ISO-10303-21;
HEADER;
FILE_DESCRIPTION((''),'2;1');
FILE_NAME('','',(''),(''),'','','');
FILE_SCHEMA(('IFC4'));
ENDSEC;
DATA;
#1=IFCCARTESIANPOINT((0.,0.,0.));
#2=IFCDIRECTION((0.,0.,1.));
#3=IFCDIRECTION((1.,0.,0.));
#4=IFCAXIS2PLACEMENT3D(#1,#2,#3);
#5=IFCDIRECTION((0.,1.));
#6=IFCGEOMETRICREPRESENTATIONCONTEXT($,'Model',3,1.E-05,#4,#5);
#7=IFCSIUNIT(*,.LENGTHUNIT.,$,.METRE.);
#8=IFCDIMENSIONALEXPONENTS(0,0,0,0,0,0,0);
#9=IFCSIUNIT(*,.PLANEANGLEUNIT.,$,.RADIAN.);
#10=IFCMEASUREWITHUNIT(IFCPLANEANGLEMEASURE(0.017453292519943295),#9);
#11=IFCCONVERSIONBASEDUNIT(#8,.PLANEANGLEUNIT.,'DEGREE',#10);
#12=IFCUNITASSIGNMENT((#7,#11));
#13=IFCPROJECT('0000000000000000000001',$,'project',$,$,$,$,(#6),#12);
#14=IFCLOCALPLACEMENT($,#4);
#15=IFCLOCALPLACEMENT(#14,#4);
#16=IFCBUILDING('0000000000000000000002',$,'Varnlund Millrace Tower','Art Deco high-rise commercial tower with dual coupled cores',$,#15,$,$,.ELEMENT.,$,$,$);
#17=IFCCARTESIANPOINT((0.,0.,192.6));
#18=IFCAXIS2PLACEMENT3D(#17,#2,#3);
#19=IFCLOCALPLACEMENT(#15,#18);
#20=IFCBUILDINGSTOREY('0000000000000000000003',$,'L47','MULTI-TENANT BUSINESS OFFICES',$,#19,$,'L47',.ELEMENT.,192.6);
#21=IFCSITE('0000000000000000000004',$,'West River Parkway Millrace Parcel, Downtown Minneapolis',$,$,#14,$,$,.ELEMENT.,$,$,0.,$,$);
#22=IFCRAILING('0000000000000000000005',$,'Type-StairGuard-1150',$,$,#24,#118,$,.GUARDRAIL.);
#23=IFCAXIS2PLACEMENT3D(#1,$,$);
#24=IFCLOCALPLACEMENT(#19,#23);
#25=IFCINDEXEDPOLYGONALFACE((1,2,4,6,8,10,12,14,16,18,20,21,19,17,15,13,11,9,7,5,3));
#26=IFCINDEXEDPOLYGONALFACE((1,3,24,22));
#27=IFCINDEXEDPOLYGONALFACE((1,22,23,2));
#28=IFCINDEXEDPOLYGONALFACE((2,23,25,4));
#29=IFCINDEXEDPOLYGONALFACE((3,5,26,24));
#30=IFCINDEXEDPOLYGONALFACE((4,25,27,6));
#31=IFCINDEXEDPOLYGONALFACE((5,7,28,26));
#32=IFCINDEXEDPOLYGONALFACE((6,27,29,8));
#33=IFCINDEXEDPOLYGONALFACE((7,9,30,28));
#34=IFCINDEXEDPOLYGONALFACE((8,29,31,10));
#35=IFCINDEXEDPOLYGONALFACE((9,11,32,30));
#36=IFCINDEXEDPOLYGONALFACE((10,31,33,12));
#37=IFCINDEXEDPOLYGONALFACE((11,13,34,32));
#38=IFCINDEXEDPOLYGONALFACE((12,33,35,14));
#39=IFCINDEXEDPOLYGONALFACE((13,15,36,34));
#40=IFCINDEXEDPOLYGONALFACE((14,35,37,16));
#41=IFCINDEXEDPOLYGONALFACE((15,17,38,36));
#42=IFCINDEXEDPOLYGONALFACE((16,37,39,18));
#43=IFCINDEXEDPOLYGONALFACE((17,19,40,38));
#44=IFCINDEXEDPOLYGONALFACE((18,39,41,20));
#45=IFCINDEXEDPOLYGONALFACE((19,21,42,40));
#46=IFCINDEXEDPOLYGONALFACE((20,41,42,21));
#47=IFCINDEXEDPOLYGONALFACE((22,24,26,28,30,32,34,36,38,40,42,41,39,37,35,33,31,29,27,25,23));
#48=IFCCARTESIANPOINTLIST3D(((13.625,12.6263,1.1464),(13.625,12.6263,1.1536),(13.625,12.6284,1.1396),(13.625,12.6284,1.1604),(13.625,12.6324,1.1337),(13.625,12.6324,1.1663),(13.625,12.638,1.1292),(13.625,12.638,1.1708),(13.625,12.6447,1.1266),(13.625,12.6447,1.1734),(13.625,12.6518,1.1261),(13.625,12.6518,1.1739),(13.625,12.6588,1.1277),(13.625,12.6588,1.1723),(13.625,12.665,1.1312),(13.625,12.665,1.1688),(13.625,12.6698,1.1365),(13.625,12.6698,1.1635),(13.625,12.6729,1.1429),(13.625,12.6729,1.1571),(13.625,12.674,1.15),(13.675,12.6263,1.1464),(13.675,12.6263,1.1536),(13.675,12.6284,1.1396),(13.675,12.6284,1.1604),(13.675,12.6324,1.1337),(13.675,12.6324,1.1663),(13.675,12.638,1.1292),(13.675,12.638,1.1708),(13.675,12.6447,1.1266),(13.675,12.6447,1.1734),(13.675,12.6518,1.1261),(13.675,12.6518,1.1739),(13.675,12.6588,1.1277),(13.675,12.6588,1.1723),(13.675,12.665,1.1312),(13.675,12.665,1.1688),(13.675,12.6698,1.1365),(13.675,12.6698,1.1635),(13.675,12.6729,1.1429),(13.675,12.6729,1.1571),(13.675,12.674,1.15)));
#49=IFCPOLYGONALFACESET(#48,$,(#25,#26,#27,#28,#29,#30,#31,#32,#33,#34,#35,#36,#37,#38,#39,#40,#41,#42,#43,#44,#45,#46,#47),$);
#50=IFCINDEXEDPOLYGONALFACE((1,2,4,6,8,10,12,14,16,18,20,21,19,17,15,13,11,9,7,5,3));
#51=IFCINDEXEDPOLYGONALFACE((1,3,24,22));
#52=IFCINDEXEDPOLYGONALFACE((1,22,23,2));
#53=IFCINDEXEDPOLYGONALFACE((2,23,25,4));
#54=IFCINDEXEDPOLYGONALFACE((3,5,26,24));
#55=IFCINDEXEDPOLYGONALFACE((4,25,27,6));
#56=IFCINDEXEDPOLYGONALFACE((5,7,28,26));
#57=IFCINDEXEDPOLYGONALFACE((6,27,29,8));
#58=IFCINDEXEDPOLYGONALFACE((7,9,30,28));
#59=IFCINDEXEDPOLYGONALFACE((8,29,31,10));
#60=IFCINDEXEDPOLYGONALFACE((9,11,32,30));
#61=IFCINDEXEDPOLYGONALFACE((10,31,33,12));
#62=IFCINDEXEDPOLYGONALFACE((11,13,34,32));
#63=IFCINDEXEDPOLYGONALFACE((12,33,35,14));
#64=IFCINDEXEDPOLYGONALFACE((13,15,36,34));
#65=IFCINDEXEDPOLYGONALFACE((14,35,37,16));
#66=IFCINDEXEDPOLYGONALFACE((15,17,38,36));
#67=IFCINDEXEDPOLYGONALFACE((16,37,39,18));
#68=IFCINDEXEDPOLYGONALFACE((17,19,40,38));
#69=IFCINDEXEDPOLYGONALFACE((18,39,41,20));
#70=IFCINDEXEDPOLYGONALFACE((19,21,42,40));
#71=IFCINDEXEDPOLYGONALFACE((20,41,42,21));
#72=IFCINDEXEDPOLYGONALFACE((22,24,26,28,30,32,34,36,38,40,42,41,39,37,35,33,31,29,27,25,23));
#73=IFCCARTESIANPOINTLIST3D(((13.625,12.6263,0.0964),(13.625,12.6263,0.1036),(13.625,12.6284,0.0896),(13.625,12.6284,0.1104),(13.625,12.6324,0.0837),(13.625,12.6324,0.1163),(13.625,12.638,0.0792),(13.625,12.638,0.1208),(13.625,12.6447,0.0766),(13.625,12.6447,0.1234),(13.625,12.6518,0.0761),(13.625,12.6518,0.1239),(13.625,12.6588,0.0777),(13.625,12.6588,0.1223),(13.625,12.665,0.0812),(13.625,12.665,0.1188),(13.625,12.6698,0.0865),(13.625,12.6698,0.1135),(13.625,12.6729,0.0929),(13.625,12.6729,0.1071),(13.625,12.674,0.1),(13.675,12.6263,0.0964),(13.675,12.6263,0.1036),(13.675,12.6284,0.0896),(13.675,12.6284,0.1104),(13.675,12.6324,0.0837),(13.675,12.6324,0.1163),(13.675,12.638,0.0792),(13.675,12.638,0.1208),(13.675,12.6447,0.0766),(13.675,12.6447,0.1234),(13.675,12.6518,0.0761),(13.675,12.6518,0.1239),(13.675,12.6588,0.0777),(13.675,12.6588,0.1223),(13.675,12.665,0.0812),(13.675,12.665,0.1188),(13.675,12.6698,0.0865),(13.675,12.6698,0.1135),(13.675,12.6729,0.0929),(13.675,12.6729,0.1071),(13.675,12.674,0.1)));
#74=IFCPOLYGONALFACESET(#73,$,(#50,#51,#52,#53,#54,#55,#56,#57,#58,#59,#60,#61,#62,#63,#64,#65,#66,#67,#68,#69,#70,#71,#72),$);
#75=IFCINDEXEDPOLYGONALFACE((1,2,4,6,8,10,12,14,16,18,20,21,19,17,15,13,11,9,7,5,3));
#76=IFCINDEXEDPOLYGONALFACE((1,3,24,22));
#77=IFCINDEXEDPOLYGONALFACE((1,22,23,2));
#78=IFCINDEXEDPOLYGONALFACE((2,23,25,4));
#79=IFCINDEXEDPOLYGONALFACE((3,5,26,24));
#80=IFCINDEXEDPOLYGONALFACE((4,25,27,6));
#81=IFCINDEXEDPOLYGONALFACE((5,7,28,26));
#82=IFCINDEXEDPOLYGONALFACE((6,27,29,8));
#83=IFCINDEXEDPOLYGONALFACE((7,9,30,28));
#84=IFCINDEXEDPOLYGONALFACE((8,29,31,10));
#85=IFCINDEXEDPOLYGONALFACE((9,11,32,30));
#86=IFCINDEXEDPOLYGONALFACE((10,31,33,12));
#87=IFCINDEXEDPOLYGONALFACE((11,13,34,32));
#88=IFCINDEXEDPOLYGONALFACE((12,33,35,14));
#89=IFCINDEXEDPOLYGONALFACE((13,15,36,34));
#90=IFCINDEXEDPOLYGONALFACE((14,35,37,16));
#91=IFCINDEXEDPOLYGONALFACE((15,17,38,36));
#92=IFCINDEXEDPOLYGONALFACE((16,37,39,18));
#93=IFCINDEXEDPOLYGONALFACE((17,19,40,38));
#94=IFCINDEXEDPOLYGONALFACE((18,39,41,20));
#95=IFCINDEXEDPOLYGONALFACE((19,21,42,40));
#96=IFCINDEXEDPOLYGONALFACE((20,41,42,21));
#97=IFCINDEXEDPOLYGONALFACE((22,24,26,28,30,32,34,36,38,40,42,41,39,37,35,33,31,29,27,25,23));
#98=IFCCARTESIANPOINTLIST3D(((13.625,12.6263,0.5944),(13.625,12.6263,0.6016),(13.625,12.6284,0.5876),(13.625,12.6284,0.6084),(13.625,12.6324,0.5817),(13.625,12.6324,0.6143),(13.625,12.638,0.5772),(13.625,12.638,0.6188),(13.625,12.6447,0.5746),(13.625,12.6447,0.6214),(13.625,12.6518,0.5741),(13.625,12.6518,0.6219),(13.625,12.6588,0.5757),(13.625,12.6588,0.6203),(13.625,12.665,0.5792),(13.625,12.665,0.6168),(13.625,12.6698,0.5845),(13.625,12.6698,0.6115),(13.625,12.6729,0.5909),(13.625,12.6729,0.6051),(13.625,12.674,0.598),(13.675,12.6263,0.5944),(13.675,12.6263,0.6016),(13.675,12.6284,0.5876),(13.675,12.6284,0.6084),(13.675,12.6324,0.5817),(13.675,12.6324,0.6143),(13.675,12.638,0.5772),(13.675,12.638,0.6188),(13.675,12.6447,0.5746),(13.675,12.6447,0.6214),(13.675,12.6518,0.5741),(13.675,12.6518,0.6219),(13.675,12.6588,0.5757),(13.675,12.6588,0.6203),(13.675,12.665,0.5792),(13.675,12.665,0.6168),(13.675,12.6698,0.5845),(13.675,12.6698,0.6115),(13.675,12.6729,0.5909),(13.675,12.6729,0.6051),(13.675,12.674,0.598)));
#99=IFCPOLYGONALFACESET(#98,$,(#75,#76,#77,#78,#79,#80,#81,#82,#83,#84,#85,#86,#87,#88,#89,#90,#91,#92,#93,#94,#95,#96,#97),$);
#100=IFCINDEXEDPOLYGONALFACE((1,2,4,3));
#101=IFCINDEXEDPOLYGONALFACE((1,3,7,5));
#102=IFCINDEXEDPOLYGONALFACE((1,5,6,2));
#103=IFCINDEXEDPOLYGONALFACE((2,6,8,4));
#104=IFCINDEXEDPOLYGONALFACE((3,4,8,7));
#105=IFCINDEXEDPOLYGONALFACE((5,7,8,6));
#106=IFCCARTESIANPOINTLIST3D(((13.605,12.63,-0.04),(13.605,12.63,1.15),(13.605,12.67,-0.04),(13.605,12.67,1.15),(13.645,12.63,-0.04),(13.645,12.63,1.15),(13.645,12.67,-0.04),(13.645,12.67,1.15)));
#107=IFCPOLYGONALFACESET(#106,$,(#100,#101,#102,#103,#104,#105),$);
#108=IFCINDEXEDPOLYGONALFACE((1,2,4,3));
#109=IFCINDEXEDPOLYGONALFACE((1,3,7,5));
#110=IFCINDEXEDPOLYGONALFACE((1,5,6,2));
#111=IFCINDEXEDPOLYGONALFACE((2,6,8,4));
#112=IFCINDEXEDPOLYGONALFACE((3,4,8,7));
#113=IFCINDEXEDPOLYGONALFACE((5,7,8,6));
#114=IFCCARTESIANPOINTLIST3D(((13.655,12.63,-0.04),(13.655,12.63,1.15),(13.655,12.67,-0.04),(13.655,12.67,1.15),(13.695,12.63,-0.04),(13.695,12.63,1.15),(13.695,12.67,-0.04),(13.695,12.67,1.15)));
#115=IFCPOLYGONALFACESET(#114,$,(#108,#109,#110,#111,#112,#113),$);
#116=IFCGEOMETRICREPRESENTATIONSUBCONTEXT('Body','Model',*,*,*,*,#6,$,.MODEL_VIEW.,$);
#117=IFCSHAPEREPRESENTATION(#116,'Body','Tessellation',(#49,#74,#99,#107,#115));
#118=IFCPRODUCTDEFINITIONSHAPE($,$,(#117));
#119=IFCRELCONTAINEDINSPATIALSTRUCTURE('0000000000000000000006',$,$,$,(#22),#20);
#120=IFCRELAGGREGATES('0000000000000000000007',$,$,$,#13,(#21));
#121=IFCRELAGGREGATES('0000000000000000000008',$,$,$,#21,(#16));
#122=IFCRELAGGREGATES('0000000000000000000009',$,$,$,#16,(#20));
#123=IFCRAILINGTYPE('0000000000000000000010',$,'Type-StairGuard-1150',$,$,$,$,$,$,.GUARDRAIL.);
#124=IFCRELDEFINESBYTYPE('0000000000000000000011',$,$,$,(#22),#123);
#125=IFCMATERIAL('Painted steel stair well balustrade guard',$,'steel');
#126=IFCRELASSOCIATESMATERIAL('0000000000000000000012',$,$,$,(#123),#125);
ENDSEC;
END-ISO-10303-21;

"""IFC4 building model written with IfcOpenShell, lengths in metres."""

from ifc_helpers import new_model, entity, si_unit, converted_unit, direction, frame, origin_with_axes, origin_2d_with_axis, place, context, subcontext, project, spatial, rectangle, circle, extrude, material, type_object, element, save


model = new_model("IFC4")

# Units and contexts
model_context = context("Model", 3, precision=1e-05, world=origin_with_axes(), true_north=direction((0.0, 1.0)))
body_context = subcontext(model_context, "Body", "Model", "MODEL_VIEW")
ifc_project = project(units=[si_unit("LENGTHUNIT", "METRE"), converted_unit("PLANEANGLEUNIT", "DEGREE", entity("IfcPlaneAngleMeasure", 0.017453292519943295), si_unit("PLANEANGLEUNIT", "RADIAN"), dimensions=[0, 0, 0, 0, 0, 0, 0])], contexts=[model_context])

# Site, building, storey
site_placement = place(None, origin_with_axes())
site = spatial("IfcSite", under=ifc_project, at=site_placement, Name="West River Parkway Millrace Parcel, Downtown Minneapolis", CompositionType="ELEMENT", RefElevation=0.0)
building_placement = place(site_placement, origin_with_axes())
building = spatial("IfcBuilding", under=site, at=building_placement, Name="Varnlund Millrace Tower", Description="Art Deco high-rise commercial tower with dual coupled cores", CompositionType="ELEMENT")
storey_placement = place(building_placement, frame((0.0, 0.0, 192.6), z_axis=(0.0, 0.0, 1.0), x_axis=(1.0, 0.0, 0.0)))
storey = spatial("IfcBuildingStorey", under=building, at=storey_placement, Name="L47", Description="MULTI-TENANT BUSINESS OFFICES", LongName="L47", CompositionType="ELEMENT", Elevation=192.6)

# Railing
ifc_material_1 = material(Name="Painted steel stair well balustrade guard", Category="steel")
railing_type_1 = type_object("IfcRailingType", Name="Type-StairGuard-1150", PredefinedType="GUARDRAIL", material=ifc_material_1)
railing_1_placement = place(storey_placement, frame((0.0, 0.0, -192.6), z_axis=(0.0, 0.0, 1.0), x_axis=(1.0, 0.0, 0.0)))
element("IfcRailing", 1, at=railing_1_placement, inside=storey, type_object=railing_type_1, Name="Type-StairGuard-1150", PredefinedType="GUARDRAIL", context=body_context, shape_type="SweptSolid", body=[
    extrude(circle(Radius=0.024, at=origin_2d_with_axis()), frame((13.625, 12.65, 193.75), z_axis=(1.0, 0.0, 0.0), x_axis=(0.0, 1.0, 0.0)), (0.0, 0.0, 1.0), 0.05),
    extrude(circle(Radius=0.024, at=origin_2d_with_axis()), frame((13.625, 12.65, 192.7), z_axis=(1.0, 0.0, 0.0), x_axis=(0.0, 1.0, 0.0)), (0.0, 0.0, 1.0), 0.05),
    extrude(circle(Radius=0.024, at=origin_2d_with_axis()), frame((13.625, 12.65, 193.198), z_axis=(1.0, 0.0, 0.0), x_axis=(0.0, 1.0, 0.0)), (0.0, 0.0, 1.0), 0.05),
    extrude(rectangle(XDim=0.04, YDim=0.04, at=origin_2d_with_axis()), frame((13.625, 12.65, 192.56), z_axis=(0.0, 0.0, 1.0), x_axis=(1.0, 0.0, 0.0)), (0.0, 0.0, 1.0), 1.19),
    extrude(rectangle(XDim=0.04, YDim=0.04, at=origin_2d_with_axis()), frame((13.675, 12.65, 192.56), z_axis=(0.0, 0.0, 1.0), x_axis=(1.0, 0.0, 0.0)), (0.0, 0.0, 1.0), 1.19),
])

save(model, "model.ifc")
